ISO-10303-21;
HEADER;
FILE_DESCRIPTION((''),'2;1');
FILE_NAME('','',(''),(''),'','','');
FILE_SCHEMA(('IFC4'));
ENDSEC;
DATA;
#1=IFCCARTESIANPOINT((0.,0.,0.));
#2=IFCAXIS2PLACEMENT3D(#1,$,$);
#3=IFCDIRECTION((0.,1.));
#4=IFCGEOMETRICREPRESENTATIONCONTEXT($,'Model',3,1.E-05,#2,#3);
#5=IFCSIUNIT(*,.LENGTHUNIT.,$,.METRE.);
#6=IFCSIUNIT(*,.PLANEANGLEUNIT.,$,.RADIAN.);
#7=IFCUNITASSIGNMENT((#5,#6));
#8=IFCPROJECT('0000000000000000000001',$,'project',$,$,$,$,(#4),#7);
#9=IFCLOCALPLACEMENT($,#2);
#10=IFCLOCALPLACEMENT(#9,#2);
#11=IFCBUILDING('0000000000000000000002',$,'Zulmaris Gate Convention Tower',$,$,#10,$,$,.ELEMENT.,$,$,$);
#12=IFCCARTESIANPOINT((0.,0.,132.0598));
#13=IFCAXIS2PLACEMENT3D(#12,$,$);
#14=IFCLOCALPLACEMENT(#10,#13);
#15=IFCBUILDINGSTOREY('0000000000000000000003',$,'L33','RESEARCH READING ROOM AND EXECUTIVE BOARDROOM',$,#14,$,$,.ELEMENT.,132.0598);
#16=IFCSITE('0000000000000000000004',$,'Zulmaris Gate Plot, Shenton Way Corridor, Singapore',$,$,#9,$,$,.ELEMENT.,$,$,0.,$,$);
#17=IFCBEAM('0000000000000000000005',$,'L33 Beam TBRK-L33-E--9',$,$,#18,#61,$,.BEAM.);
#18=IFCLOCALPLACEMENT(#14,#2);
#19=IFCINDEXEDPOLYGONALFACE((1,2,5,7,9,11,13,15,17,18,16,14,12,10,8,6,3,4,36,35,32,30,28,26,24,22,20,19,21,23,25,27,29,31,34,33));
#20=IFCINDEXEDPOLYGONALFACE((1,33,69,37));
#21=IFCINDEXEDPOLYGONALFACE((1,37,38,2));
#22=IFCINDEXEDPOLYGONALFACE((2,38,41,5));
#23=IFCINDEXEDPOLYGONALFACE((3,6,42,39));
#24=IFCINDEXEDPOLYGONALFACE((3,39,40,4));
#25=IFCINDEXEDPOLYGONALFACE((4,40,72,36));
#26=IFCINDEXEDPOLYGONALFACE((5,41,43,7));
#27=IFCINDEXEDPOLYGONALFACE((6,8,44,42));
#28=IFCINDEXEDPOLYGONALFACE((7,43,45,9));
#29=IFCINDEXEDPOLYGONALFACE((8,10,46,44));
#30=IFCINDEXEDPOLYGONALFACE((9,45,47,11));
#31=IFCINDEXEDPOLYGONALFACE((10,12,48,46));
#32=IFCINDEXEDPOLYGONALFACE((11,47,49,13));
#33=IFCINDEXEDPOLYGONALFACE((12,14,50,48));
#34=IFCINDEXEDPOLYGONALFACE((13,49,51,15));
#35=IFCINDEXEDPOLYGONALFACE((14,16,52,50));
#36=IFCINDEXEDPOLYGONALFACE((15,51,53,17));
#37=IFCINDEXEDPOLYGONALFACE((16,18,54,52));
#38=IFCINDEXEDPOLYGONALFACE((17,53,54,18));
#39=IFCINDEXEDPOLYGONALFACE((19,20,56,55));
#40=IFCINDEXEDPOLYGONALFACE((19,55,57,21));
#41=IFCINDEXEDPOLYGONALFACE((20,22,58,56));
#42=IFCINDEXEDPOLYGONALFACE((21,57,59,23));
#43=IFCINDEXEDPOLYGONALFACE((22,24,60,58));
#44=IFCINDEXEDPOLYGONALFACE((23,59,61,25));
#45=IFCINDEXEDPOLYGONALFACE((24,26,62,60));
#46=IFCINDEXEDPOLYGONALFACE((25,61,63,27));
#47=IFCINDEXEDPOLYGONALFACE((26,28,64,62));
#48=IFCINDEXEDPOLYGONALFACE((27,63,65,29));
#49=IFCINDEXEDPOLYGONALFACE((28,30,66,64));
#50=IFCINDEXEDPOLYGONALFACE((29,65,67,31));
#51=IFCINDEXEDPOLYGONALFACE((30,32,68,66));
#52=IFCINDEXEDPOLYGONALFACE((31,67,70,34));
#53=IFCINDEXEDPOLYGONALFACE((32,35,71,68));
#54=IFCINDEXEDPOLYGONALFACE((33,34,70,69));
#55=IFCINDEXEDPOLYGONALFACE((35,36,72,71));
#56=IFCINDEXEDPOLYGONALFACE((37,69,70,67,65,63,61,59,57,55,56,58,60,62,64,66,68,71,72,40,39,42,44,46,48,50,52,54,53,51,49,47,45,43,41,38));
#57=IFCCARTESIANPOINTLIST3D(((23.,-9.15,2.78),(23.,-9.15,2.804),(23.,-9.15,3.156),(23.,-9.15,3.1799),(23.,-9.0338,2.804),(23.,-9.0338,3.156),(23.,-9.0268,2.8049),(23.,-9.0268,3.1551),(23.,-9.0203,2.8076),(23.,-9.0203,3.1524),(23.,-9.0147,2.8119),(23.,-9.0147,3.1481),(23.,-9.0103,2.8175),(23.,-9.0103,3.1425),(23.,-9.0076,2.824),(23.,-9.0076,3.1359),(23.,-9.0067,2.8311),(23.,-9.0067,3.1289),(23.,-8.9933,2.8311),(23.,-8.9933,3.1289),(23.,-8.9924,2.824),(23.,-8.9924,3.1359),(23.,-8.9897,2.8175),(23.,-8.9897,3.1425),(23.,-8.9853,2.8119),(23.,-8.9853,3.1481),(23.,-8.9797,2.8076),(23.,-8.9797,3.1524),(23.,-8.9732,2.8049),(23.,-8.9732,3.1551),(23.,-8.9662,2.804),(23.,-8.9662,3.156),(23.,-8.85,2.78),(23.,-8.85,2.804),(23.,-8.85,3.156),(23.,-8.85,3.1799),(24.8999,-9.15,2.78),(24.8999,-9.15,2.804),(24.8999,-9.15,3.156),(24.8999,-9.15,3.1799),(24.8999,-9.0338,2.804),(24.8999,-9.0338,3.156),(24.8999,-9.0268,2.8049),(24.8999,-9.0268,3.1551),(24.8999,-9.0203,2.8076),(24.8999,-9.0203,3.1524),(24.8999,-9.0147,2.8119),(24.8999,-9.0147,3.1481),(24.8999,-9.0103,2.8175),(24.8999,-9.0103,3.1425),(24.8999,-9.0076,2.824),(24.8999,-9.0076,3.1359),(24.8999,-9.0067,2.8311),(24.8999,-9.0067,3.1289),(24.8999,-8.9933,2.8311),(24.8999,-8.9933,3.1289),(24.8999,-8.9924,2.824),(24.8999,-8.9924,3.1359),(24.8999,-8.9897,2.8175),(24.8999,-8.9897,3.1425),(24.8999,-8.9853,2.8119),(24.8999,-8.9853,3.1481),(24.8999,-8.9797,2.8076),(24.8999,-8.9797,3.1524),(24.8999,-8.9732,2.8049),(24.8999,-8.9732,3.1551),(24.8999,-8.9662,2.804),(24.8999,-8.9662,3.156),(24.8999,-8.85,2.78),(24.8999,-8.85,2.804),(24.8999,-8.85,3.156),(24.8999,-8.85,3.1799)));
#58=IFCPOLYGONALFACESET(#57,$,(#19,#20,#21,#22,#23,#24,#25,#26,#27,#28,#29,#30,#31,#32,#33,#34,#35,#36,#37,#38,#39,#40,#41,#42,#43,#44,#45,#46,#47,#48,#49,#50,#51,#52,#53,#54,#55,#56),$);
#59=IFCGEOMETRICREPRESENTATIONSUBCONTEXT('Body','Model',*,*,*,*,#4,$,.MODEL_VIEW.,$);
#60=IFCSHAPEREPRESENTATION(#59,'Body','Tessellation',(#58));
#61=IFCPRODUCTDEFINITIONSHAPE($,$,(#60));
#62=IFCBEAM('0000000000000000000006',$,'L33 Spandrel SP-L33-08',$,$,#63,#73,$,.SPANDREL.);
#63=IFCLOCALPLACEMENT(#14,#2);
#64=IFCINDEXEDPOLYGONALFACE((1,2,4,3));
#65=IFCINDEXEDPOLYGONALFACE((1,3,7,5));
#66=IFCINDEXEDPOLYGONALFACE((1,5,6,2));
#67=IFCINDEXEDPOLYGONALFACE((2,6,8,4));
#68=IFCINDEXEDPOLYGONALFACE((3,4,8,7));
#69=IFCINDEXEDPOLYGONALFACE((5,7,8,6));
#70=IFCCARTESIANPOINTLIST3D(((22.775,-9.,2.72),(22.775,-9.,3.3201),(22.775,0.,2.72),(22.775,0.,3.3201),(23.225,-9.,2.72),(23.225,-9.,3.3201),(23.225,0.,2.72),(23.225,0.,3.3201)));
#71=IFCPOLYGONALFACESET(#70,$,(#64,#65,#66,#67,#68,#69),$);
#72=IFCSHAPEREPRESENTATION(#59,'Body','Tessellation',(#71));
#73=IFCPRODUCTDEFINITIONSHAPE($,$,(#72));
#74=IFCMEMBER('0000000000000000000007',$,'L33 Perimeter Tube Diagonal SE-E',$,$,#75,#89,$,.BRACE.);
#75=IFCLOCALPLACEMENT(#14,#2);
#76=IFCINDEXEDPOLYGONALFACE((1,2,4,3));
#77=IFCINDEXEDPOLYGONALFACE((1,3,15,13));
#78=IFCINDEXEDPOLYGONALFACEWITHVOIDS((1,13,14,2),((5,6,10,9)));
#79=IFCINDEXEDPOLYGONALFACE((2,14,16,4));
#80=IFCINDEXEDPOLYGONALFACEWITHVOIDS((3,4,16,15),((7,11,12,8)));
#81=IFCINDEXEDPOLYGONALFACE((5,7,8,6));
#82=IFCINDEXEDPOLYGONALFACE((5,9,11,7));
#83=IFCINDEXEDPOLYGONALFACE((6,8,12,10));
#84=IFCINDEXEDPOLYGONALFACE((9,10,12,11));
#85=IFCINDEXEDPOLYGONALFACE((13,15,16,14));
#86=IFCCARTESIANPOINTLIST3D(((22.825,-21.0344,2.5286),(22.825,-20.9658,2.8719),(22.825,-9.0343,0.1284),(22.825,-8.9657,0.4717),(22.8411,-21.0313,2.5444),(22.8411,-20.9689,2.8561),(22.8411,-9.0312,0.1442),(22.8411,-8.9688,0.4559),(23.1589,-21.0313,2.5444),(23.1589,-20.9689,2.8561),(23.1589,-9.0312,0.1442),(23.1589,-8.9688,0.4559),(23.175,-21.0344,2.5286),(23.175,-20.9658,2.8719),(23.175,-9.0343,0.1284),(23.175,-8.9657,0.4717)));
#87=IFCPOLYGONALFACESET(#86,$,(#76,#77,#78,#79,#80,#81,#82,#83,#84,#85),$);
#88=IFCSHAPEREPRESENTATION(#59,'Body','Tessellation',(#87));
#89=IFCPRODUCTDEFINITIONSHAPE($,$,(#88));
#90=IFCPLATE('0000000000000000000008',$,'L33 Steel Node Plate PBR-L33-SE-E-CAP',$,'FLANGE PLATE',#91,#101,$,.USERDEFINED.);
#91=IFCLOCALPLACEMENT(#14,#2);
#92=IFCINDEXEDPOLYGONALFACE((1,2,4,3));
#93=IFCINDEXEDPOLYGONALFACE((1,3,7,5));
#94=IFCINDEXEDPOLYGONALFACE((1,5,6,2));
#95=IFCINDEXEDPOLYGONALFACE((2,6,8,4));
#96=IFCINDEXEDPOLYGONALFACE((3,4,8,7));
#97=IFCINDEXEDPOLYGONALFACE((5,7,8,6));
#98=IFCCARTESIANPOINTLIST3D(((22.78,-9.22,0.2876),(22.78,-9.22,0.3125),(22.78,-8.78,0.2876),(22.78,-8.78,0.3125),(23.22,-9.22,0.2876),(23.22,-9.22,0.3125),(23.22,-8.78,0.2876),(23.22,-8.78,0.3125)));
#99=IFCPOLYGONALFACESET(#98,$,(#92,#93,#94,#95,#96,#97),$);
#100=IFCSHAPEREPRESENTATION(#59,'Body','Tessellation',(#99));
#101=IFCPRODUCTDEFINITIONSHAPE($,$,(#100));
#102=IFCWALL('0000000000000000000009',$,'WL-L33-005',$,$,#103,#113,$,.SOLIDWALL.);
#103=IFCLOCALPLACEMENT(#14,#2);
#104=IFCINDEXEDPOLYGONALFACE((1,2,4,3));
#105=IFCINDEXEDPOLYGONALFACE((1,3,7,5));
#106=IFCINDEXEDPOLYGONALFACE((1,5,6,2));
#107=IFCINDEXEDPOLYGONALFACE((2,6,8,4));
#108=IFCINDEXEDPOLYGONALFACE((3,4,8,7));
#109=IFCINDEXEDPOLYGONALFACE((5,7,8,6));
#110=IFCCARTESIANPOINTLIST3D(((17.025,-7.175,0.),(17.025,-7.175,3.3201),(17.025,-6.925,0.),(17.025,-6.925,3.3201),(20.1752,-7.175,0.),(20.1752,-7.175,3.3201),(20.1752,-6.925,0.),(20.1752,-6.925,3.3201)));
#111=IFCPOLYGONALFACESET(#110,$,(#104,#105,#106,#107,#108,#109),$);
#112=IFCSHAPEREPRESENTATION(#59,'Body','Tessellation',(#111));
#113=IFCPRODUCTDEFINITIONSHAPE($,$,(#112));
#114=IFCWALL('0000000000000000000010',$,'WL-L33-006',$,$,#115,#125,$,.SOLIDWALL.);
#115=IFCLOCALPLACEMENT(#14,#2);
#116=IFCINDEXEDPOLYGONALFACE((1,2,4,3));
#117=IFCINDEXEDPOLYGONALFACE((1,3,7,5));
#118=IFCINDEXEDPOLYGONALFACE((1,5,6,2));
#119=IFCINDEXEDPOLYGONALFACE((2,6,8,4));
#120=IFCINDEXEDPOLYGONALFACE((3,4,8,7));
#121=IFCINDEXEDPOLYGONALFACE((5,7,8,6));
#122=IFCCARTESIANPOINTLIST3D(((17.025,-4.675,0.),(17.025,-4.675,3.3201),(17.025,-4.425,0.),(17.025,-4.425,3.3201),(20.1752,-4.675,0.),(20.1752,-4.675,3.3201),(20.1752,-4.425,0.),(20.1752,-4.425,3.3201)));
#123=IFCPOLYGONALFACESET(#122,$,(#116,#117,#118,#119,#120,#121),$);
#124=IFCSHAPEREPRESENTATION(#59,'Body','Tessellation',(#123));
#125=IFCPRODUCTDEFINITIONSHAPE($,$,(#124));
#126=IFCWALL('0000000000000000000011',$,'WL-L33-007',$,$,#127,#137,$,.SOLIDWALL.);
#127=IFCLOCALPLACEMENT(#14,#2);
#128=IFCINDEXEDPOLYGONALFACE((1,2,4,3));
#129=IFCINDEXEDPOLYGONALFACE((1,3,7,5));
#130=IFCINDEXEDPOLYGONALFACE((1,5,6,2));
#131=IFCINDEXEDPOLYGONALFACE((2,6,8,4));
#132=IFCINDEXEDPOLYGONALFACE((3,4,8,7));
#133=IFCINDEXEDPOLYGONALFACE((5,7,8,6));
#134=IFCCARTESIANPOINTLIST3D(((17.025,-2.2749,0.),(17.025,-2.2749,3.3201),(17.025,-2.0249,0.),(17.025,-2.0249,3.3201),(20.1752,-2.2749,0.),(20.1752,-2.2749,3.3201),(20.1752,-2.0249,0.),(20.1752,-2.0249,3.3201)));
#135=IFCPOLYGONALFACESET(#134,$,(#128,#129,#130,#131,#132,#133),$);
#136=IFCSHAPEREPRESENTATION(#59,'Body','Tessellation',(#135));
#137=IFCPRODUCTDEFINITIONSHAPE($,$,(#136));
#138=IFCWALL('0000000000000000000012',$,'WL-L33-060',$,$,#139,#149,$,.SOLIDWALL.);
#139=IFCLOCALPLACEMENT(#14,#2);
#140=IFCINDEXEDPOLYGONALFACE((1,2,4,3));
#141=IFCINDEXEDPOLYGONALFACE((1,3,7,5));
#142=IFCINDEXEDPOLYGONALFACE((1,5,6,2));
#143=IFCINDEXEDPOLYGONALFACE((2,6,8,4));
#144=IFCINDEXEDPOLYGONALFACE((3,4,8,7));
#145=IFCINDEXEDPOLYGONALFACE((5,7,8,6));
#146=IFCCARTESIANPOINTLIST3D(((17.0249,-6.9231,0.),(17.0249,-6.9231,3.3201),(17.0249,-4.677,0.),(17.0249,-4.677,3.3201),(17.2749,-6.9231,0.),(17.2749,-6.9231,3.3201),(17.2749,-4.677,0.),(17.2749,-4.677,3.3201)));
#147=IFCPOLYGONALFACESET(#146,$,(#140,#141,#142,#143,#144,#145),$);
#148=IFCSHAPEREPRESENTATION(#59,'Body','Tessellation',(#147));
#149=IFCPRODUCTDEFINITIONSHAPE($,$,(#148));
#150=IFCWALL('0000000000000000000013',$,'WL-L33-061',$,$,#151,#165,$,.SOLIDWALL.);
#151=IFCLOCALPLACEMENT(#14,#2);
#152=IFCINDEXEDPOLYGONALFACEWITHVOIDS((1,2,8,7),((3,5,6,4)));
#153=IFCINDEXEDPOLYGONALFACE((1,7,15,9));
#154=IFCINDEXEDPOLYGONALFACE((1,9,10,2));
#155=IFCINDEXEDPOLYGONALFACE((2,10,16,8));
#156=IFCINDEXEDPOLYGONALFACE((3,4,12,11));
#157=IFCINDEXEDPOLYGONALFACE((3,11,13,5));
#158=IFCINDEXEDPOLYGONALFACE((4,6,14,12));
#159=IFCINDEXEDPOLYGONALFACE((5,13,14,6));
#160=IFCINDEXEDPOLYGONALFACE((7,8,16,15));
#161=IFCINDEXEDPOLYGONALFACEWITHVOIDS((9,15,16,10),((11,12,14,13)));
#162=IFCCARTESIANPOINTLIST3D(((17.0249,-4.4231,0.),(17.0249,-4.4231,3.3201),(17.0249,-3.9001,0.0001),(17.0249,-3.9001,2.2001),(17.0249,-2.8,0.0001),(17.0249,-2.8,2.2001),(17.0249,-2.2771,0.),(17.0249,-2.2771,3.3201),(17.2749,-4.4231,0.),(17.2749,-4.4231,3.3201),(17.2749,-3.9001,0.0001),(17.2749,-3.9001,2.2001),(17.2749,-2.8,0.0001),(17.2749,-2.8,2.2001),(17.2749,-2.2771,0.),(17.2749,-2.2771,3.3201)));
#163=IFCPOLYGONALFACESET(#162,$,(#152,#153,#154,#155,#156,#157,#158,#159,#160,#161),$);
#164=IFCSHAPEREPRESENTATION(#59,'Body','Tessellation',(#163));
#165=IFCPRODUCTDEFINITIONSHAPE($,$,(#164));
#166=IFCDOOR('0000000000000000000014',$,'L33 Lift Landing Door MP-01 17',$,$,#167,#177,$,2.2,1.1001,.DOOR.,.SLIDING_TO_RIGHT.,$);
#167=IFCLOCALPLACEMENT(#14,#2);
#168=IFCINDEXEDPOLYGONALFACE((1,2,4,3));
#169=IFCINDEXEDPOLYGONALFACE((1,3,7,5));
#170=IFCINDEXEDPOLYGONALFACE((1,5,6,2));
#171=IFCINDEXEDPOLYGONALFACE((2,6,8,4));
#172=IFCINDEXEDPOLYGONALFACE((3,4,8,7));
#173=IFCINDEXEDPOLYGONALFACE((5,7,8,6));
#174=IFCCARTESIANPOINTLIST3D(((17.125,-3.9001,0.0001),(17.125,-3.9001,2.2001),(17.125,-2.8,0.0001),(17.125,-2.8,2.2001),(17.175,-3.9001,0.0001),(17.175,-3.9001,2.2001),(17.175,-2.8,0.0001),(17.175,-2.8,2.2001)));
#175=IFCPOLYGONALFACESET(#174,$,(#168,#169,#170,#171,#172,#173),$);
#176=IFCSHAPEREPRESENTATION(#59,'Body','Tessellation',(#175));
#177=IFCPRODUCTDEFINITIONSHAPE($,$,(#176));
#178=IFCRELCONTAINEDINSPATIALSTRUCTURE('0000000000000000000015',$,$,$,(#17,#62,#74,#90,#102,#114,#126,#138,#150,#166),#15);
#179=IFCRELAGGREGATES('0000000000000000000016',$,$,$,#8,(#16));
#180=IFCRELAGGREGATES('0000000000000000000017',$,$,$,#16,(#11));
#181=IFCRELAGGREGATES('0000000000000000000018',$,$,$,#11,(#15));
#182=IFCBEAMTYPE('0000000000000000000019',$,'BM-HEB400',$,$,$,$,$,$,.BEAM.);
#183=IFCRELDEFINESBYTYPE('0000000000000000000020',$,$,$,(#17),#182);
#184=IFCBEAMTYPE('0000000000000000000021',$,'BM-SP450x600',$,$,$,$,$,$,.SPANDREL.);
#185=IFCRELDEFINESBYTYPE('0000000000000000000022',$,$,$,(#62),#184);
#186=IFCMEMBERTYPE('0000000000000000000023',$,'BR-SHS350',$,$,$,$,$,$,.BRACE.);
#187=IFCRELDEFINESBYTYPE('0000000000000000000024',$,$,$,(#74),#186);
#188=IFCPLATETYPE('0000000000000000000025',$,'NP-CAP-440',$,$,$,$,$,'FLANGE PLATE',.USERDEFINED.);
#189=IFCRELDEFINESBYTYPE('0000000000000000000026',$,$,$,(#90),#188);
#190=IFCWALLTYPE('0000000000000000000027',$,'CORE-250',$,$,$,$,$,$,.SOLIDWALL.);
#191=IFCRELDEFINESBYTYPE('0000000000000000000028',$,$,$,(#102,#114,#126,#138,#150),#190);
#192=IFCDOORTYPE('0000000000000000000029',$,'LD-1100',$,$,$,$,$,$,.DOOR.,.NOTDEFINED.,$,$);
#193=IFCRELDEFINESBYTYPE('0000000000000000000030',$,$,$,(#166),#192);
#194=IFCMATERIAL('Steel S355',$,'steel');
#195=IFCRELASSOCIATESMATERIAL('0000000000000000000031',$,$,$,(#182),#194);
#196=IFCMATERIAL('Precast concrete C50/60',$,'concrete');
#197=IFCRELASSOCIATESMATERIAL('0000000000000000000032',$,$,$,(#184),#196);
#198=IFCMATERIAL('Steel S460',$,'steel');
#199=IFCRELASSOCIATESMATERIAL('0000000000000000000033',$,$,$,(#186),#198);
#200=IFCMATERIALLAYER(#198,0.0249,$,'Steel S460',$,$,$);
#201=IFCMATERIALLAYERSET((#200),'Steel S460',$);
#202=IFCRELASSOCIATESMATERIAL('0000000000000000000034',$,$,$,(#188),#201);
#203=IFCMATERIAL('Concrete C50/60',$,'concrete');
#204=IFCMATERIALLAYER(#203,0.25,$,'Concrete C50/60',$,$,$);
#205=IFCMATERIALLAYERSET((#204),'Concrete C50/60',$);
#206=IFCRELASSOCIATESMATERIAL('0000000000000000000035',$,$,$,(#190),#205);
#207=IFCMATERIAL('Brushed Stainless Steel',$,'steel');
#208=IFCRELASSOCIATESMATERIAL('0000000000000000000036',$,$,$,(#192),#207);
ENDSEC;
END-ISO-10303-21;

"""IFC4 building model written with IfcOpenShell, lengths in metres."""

from ifc_helpers import new_model, si_unit, direction, frame, frame_2d, origin, origin_2d, place, context, subcontext, project, spatial, rectangle, hollow_rectangle, i_section, extrude, material, layer, layer_set, material_profile, profile_set, type_object, element, fill, save


model = new_model("IFC4")

# Units and contexts
model_context = context("Model", 3, precision=1e-05, world=origin(), true_north=direction((0.0, 1.0)))
body_context = subcontext(model_context, "Body", "Model", "MODEL_VIEW")
ifc_project = project(units=[si_unit("LENGTHUNIT", "METRE"), si_unit("PLANEANGLEUNIT", "RADIAN")], contexts=[model_context])

# Site, building, storey
site_placement = place(None, origin())
site = spatial("IfcSite", under=ifc_project, at=site_placement, Name="Zulmaris Gate Plot, Shenton Way Corridor, Singapore", CompositionType="ELEMENT", RefElevation=0.0)
building_placement = place(site_placement, origin())
building = spatial("IfcBuilding", under=site, at=building_placement, Name="Zulmaris Gate Convention Tower", CompositionType="ELEMENT")
storey_placement = place(building_placement, frame((0.0, 0.0, 132.0598)))
storey = spatial("IfcBuildingStorey", under=building, at=storey_placement, Name="L33", Description="RESEARCH READING ROOM AND EXECUTIVE BOARDROOM", CompositionType="ELEMENT", Elevation=132.0598)

# Beams
ifc_material_1 = material(Name="Steel S355", Category="steel")
ifc_material_profile_1 = material_profile(ifc_material_1, i_section(OverallWidth=0.3, OverallDepth=0.3999, WebThickness=0.0134, FlangeThickness=0.0239, FilletRadius=0.0271, at=origin_2d()), Name="HEB 400")
ifc_profile_set_1 = profile_set([ifc_material_profile_1], Name="Steel S355")
beam_type_1 = type_object("IfcBeamType", Name="BM-HEB400", PredefinedType="BEAM", material=ifc_profile_set_1)
beam_1_placement = place(storey_placement, frame((23.0, -9.0, 2.98), z_axis=(1.0, 0.0, 0.0), x_axis=(0.0, 1.0, 0.0)))
element("IfcBeam", 1, at=beam_1_placement, inside=storey, type_object=beam_type_1, Name="L33 Beam TBRK-L33-E--9", PredefinedType="BEAM", context=body_context, shape_type="SweptSolid", body=[
    extrude(i_section(OverallWidth=0.3, OverallDepth=0.3999, WebThickness=0.0134, FlangeThickness=0.0239, FilletRadius=0.0271, at=origin_2d()), origin(), (0.0, 0.0, 1.0), 1.8999),
])
ifc_material_2 = material(Name="Precast concrete C50/60", Category="concrete")
ifc_material_profile_2 = material_profile(ifc_material_2, rectangle(XDim=0.45, YDim=0.6001, at=origin_2d()), Name="RC SPANDREL 450x600")
ifc_profile_set_2 = profile_set([ifc_material_profile_2], Name="Precast concrete C50/60")
beam_type_2 = type_object("IfcBeamType", Name="BM-SP450x600", PredefinedType="SPANDREL", material=ifc_profile_set_2)
beam_2_placement = place(storey_placement, frame((23.0, -9.0, 3.02), z_axis=(0.0, 1.0, 0.0), x_axis=(-1.0, 0.0, 0.0)))
element("IfcBeam", 2, at=beam_2_placement, inside=storey, type_object=beam_type_2, Name="L33 Spandrel SP-L33-08", PredefinedType="SPANDREL", context=body_context, shape_type="SweptSolid", body=[
    extrude(rectangle(XDim=0.45, YDim=0.6001, at=origin_2d()), origin(), (0.0, 0.0, 1.0), 9.0),
])

# Member
ifc_material_3 = material(Name="Steel S460", Category="steel")
ifc_material_profile_3 = material_profile(ifc_material_3, hollow_rectangle(XDim=0.3501, YDim=0.3501, WallThickness=0.0161, at=origin_2d()), Name="SHS 350x350x16")
ifc_profile_set_3 = profile_set([ifc_material_profile_3], Name="Steel S460")
member_type = type_object("IfcMemberType", Name="BR-SHS350", PredefinedType="BRACE", material=ifc_profile_set_3)
member_placement = place(storey_placement, frame((23.0, -9.0, 0.3), z_axis=(0.0, -0.980578, 0.196128), x_axis=(1.0, 0.0, 0.0)))
element("IfcMember", 3, at=member_placement, inside=storey, type_object=member_type, Name="L33 Perimeter Tube Diagonal SE-E", PredefinedType="BRACE", context=body_context, shape_type="SweptSolid", body=[
    extrude(hollow_rectangle(XDim=0.3501, YDim=0.3501, WallThickness=0.0161, at=origin_2d()), origin(), (0.0, 0.0, 1.0), 12.2378),
])

# Plate
ifc_layer_1 = layer(ifc_material_3, 0.0249, Name="Steel S460")
ifc_layer_set_1 = layer_set([ifc_layer_1], Name="Steel S460")
plate_type = type_object("IfcPlateType", Name="NP-CAP-440", ElementType="FLANGE PLATE", PredefinedType="USERDEFINED", material=ifc_layer_set_1)
plate_placement = place(storey_placement, frame((23.0, -9.0, 0.2876), z_axis=(0.0, 0.0, 1.0), x_axis=(1.0, 0.0, 0.0)))
element("IfcPlate", 4, at=plate_placement, inside=storey, type_object=plate_type, Name="L33 Steel Node Plate PBR-L33-SE-E-CAP", ObjectType="FLANGE PLATE", PredefinedType="USERDEFINED", context=body_context, shape_type="SweptSolid", body=[
    extrude(rectangle(XDim=0.4399, YDim=0.4399, at=origin_2d()), origin(), (0.0, 0.0, 1.0), 0.0249),
])

# Walls
ifc_material_4 = material(Name="Concrete C50/60", Category="concrete")
ifc_layer_2 = layer(ifc_material_4, 0.25, Name="Concrete C50/60")
ifc_layer_set_2 = layer_set([ifc_layer_2], Name="Concrete C50/60")
wall_type_1 = type_object("IfcWallType", Name="CORE-250", PredefinedType="SOLIDWALL", material=ifc_layer_set_2)
for number, where, z_axis, x_axis, name in (
    (5, (17.0249, -7.05, 0.0), (0.0, 0.0, 1.0), (1.0, 0.0, 0.0), "WL-L33-005"),
    (6, (17.0249, -4.55, 0.0), (0.0, 0.0, 1.0), (1.0, 0.0, 0.0), "WL-L33-006"),
    (7, (17.0249, -2.1499, 0.0), (0.0, 0.0, 1.0), (1.0, 0.0, 0.0), "WL-L33-007"),
):
    element("IfcWall", number, at=place(storey_placement, frame(where, z_axis=z_axis, x_axis=x_axis)), inside=storey, type_object=wall_type_1, Name=name, PredefinedType="SOLIDWALL", context=body_context, shape_type="SweptSolid", body=[
        extrude(rectangle(XDim=3.1501, YDim=0.25, at=frame_2d((1.5752, 0.0))), origin(), (0.0, 0.0, 1.0), 3.3201),
    ])
wall_1_placement = place(storey_placement, frame((17.1499, -6.9231, 0.0), z_axis=(0.0, 0.0, 1.0), x_axis=(0.0, 1.0, 0.0)))
element("IfcWall", 8, at=wall_1_placement, inside=storey, type_object=wall_type_1, Name="WL-L33-060", PredefinedType="SOLIDWALL", context=body_context, shape_type="SweptSolid", body=[
    extrude(rectangle(XDim=2.2461, YDim=0.25, at=frame_2d((1.123, 0.0))), origin(), (0.0, 0.0, 1.0), 3.3201),
])

# Wall, opening, door
wall_2_placement = place(storey_placement, frame((17.1499, -4.4231, 0.0), z_axis=(0.0, 0.0, 1.0), x_axis=(0.0, 1.0, 0.0)))
wall_2 = element("IfcWall", 9, at=wall_2_placement, inside=storey, type_object=wall_type_1, Name="WL-L33-061", PredefinedType="SOLIDWALL", context=body_context, shape_type="SweptSolid", body=[
    extrude(rectangle(XDim=2.146, YDim=0.25, at=frame_2d((1.073, 0.0))), origin(), (0.0, 0.0, 1.0), 3.3201),
])
opening_1_placement = place(wall_2_placement, frame((0.5229, 0.0, 0.0)))
opening_1 = element("IfcOpeningElement", 10, at=opening_1_placement, cuts=wall_2, PredefinedType="OPENING", context=body_context, shape_type="SweptSolid", body=[
    extrude(rectangle(XDim=1.1001, YDim=2.2, at=frame_2d((0.55, 1.1001))), frame((0.0, 0.135, 0.0), z_axis=(0.0, -1.0, 0.0), x_axis=(1.0, 0.0, 0.0)), (0.0, 0.0, 1.0), 0.27),
])
ifc_material_5 = material(Name="Brushed Stainless Steel", Category="steel")
door_type = type_object("IfcDoorType", Name="LD-1100", OperationType="NOTDEFINED", PredefinedType="DOOR", material=ifc_material_5)
door_1_placement = place(opening_1_placement, origin())
door_1 = element("IfcDoor", 11, at=door_1_placement, inside=storey, type_object=door_type, Name="L33 Lift Landing Door MP-01 17", OperationType="SLIDING_TO_RIGHT", OverallHeight=2.2, OverallWidth=1.1001, PredefinedType="DOOR", context=body_context, shape_type="SweptSolid", body=[
    extrude(rectangle(XDim=1.1001, YDim=2.2, at=frame_2d((0.55, 1.1001))), frame((0.0, 0.0249, 0.0), z_axis=(0.0, -1.0, 0.0), x_axis=(1.0, 0.0, 0.0)), (0.0, 0.0, 1.0), 0.05),
])
fill(opening_1, door_1)

save(model, "model.ifc")
